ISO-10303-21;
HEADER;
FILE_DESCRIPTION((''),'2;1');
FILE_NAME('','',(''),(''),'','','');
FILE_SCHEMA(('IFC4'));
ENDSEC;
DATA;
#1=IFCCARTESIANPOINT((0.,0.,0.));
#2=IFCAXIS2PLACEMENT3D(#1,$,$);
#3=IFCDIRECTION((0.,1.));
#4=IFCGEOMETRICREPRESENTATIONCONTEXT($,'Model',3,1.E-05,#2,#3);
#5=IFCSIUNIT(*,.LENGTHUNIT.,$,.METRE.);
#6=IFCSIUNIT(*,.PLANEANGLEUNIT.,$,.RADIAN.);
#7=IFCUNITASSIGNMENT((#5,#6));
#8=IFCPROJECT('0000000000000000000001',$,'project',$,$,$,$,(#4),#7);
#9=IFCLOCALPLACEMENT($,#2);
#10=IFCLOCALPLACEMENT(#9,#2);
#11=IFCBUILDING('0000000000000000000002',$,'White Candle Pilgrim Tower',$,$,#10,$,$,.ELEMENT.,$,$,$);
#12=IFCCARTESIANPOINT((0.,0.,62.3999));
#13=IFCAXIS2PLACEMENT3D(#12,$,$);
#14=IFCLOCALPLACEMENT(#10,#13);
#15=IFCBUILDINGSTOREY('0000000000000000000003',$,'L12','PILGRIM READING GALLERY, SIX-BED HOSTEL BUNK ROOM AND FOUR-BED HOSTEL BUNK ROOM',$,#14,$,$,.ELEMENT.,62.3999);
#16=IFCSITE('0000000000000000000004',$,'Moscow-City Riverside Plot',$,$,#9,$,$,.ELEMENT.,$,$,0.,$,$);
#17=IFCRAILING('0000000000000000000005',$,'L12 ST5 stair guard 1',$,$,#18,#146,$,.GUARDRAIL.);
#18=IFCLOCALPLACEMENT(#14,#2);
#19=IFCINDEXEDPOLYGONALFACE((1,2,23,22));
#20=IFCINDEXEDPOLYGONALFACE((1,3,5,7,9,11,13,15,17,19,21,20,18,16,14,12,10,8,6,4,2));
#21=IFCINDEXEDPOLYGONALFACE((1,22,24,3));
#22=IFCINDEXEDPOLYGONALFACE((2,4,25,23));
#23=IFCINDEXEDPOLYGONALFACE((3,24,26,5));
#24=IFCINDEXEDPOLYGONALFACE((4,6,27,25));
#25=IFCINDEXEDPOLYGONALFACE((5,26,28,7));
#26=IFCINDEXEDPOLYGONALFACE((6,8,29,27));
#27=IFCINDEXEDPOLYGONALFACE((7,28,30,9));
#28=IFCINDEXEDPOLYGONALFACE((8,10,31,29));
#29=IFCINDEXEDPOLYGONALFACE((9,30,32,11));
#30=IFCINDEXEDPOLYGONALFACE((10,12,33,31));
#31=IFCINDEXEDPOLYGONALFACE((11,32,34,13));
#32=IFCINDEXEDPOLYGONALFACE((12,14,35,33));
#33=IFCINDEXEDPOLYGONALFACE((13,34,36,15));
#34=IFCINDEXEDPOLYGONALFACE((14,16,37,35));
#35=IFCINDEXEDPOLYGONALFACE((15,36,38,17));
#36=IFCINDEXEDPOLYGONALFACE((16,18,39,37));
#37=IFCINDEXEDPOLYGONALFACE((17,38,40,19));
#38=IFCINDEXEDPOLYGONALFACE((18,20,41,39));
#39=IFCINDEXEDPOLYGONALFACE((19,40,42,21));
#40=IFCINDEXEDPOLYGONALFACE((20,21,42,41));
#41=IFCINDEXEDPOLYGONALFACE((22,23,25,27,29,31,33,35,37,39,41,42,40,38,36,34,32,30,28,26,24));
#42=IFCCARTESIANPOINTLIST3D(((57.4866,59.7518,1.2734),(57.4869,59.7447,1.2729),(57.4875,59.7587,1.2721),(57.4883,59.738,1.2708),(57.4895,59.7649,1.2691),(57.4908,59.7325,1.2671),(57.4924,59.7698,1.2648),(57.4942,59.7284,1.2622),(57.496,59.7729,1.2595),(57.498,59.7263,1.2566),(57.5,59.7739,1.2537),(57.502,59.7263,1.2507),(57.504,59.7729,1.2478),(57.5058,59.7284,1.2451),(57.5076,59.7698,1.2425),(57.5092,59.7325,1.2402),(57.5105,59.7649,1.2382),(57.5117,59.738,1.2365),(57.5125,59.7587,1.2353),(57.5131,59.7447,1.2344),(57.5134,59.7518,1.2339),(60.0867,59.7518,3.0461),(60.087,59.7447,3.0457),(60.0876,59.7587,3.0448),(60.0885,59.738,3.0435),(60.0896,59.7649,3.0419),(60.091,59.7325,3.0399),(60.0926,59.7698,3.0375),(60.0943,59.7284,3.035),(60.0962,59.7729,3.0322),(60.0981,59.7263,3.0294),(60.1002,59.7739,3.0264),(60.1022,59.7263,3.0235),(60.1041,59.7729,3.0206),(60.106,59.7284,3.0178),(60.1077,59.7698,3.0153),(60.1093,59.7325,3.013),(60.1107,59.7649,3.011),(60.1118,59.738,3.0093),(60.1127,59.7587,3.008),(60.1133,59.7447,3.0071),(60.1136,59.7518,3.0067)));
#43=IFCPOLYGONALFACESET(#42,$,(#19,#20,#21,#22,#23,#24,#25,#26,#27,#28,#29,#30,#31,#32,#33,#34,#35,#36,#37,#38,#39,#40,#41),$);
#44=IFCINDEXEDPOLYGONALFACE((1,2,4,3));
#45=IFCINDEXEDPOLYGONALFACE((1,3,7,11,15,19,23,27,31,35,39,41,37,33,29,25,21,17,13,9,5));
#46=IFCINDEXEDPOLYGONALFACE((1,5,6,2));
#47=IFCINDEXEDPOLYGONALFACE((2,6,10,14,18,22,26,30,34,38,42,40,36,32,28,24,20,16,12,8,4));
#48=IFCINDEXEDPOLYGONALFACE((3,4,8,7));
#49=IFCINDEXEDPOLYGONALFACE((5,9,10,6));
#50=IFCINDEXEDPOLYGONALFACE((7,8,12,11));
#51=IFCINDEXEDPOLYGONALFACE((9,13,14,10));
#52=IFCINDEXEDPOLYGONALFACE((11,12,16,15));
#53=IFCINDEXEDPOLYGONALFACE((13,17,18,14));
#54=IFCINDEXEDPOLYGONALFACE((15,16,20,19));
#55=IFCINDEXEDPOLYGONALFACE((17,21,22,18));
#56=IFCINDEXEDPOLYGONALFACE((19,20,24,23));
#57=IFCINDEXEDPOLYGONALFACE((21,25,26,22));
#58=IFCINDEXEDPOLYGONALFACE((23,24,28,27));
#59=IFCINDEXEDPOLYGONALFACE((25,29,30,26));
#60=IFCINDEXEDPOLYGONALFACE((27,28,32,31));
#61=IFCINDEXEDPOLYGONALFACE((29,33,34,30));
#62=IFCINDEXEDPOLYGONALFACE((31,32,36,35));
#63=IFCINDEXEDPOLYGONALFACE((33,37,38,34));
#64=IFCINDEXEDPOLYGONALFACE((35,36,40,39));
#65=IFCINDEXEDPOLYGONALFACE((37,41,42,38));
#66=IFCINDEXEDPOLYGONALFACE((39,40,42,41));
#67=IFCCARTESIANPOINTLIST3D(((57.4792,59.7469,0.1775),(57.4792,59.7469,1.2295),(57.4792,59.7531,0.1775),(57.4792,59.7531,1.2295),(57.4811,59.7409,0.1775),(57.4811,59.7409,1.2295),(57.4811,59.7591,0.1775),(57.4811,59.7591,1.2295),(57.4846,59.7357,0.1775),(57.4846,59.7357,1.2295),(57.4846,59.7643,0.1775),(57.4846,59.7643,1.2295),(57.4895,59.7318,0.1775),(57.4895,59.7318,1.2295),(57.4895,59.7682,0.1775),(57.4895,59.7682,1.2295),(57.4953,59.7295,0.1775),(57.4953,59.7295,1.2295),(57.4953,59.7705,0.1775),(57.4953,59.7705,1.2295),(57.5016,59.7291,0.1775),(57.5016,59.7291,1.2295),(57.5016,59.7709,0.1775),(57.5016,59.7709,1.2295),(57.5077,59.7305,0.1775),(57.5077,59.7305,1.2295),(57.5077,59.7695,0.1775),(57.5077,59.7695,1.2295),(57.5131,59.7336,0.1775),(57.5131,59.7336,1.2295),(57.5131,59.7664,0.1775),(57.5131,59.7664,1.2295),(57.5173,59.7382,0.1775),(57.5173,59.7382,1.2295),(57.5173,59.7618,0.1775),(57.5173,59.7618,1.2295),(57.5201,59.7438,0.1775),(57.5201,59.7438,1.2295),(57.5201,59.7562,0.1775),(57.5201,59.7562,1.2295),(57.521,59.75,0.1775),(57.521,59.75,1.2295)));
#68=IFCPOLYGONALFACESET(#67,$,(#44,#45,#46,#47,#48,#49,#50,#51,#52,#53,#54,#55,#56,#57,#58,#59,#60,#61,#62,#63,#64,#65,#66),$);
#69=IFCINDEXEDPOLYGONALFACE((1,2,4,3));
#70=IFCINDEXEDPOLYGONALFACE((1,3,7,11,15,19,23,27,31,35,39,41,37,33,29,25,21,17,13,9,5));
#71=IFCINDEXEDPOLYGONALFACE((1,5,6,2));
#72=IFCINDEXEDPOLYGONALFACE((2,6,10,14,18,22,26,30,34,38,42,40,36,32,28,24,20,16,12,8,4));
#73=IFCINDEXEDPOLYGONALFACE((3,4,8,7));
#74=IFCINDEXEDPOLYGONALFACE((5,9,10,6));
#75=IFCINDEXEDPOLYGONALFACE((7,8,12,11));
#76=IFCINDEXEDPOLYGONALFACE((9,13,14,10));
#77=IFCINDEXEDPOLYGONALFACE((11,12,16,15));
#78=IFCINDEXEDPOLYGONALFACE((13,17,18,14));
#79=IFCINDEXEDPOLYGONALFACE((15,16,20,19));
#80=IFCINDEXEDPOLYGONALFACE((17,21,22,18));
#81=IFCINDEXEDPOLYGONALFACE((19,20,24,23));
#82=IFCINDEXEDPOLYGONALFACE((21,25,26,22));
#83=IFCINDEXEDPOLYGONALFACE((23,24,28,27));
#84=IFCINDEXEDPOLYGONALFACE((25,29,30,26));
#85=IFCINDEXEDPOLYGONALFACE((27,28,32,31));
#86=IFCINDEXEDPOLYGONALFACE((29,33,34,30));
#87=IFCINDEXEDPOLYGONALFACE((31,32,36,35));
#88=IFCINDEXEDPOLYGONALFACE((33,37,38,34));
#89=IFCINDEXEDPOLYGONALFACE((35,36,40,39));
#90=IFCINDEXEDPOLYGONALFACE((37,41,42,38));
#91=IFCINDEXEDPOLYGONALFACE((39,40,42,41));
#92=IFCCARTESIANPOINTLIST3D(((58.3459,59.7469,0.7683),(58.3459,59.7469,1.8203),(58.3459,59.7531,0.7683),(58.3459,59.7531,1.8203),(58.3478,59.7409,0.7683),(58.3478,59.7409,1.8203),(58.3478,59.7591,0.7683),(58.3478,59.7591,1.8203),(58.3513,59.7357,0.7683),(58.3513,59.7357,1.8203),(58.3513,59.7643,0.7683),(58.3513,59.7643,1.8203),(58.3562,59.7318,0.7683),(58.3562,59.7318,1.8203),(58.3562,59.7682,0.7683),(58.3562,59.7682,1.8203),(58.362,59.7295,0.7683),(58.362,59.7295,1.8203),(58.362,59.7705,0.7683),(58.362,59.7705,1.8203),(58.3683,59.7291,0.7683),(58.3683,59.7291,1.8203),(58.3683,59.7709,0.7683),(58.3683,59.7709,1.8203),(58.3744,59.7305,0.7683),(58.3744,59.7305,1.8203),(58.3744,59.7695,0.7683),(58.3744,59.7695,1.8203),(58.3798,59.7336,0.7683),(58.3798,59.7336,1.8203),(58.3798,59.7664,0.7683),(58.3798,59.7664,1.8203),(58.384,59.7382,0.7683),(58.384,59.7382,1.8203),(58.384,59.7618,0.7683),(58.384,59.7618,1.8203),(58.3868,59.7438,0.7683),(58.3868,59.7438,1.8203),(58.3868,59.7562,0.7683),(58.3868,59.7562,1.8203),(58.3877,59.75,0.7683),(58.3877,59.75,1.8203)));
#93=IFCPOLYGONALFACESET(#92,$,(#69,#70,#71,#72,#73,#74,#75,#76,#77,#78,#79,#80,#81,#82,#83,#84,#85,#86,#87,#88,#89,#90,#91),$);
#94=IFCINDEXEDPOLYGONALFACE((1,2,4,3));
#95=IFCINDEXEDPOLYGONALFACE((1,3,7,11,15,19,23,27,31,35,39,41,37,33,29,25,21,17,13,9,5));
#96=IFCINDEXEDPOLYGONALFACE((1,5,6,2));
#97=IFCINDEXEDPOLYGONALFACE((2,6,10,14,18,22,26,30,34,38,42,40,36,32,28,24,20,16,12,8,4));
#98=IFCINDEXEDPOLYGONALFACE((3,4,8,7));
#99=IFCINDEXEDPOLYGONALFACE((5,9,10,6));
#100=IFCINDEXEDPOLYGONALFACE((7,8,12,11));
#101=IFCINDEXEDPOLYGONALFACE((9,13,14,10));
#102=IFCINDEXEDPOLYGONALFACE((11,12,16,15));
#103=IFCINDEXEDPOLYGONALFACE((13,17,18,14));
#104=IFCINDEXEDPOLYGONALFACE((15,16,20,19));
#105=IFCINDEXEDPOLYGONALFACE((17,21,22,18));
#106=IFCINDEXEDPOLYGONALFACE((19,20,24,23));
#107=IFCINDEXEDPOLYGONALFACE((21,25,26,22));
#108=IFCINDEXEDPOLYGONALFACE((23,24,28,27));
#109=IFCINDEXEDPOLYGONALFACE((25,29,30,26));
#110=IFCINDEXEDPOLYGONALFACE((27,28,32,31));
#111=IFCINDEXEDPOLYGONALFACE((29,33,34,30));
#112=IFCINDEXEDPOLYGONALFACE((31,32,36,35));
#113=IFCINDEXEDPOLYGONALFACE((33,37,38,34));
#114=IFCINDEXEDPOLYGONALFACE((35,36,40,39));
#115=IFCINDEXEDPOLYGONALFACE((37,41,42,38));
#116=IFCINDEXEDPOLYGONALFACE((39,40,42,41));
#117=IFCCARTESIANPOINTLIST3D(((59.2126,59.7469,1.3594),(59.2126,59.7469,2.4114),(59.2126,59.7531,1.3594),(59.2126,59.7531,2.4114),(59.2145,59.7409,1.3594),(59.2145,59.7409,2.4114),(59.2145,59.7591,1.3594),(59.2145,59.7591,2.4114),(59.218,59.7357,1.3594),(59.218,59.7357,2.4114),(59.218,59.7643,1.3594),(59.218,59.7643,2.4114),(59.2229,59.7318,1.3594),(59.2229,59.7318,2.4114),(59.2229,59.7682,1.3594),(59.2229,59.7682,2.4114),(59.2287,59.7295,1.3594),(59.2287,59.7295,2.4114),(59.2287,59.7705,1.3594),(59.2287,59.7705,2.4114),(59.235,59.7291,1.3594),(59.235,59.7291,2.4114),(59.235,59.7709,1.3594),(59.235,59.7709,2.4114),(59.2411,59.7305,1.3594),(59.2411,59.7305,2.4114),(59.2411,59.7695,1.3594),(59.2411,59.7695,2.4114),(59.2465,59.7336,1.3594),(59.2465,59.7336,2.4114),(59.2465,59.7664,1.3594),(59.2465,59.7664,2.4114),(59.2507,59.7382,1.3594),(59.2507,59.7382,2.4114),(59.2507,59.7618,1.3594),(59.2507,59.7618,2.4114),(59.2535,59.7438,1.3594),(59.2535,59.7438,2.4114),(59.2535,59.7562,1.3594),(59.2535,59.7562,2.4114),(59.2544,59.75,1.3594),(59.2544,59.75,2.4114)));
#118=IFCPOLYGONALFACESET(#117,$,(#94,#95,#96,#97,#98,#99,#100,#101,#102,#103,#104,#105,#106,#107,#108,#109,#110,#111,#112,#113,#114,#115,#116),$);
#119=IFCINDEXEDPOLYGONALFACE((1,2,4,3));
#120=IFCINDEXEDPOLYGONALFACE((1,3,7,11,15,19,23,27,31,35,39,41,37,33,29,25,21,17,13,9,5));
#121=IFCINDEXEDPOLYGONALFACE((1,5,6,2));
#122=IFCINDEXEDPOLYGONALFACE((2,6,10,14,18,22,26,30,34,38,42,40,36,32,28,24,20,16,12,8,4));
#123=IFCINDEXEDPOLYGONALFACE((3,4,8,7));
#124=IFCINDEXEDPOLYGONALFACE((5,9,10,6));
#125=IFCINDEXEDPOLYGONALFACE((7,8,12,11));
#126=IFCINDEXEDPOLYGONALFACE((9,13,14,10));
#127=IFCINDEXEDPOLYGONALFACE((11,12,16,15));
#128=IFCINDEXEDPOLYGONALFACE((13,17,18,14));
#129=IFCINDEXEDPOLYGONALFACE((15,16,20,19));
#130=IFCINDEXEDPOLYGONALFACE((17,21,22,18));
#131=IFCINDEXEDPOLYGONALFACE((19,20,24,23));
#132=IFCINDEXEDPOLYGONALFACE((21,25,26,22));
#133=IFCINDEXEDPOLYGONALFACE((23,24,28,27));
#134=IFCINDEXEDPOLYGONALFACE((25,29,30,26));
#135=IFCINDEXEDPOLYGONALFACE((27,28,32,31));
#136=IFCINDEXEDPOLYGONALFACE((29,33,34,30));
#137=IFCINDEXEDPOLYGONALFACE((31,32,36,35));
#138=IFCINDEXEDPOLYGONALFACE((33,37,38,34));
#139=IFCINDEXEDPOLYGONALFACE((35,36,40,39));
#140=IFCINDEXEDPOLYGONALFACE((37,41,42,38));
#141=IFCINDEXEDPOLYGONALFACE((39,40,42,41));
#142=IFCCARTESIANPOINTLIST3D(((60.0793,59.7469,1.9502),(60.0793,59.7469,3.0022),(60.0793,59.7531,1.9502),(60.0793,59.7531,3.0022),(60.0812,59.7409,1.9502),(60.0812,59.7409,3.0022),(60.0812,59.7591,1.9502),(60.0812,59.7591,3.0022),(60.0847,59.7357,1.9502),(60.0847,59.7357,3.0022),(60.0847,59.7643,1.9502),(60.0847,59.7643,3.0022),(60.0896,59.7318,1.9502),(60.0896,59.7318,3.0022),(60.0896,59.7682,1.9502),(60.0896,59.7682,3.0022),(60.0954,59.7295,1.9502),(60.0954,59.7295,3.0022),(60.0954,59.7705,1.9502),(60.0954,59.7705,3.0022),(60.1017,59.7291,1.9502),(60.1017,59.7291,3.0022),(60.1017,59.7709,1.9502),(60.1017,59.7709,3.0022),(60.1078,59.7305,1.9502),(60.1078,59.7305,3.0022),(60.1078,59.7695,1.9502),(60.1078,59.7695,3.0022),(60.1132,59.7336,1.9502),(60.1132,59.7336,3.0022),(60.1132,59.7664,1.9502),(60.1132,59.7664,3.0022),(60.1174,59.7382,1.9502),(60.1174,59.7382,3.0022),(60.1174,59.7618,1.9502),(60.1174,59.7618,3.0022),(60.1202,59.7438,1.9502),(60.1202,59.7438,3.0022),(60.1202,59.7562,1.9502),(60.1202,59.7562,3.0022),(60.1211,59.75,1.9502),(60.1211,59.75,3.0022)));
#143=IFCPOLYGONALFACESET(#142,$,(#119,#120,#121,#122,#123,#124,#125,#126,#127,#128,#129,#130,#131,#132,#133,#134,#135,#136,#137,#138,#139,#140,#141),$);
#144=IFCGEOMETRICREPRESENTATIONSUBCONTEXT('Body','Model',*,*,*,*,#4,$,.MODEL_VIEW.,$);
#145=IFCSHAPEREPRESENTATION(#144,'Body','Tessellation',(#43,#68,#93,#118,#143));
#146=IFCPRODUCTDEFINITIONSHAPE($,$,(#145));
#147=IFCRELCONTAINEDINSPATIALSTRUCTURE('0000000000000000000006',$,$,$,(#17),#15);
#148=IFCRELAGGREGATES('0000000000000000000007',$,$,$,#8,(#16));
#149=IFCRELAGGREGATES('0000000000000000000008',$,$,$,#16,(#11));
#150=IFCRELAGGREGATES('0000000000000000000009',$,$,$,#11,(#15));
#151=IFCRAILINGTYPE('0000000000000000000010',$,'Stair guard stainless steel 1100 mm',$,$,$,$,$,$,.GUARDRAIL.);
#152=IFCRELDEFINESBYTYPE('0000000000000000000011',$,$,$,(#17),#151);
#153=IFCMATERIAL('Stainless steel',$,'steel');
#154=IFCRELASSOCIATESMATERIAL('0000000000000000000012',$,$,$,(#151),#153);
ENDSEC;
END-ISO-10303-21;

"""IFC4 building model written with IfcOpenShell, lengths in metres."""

from ifc_helpers import new_model, si_unit, direction, frame, origin, origin_2d, place, context, subcontext, project, spatial, circle, extrude, material, type_object, element, save


model = new_model("IFC4")

# Units and contexts
model_context = context("Model", 3, precision=1e-05, world=origin(), true_north=direction((0.0, 1.0)))
body_context = subcontext(model_context, "Body", "Model", "MODEL_VIEW")
ifc_project = project(units=[si_unit("LENGTHUNIT", "METRE"), si_unit("PLANEANGLEUNIT", "RADIAN")], contexts=[model_context])

# Site, building, storey
site_placement = place(None, origin())
site = spatial("IfcSite", under=ifc_project, at=site_placement, Name="Moscow-City Riverside Plot", CompositionType="ELEMENT", RefElevation=0.0)
building_placement = place(site_placement, origin())
building = spatial("IfcBuilding", under=site, at=building_placement, Name="White Candle Pilgrim Tower", CompositionType="ELEMENT")
storey_placement = place(building_placement, frame((0.0, 0.0, 62.3999)))
storey = spatial("IfcBuildingStorey", under=building, at=storey_placement, Name="L12", Description="PILGRIM READING GALLERY, SIX-BED HOSTEL BUNK ROOM AND FOUR-BED HOSTEL BUNK ROOM", CompositionType="ELEMENT", Elevation=62.3999)

# Railing
ifc_material_1 = material(Name="Stainless steel", Category="steel")
railing_type_1 = type_object("IfcRailingType", Name="Stair guard stainless steel 1100 mm", PredefinedType="GUARDRAIL", material=ifc_material_1)
railing_1_placement = place(storey_placement, frame((57.5, 59.75, 0.1775)))
element("IfcRailing", 1, at=railing_1_placement, inside=storey, type_object=railing_type_1, Name="L12 ST5 stair guard 1", PredefinedType="GUARDRAIL", context=body_context, shape_type="SweptSolid", body=[
    extrude(circle(Radius=0.0239, at=origin_2d()), frame((0.0, 0.0, 1.0762), z_axis=(0.82624, 0.0, 0.563318), x_axis=(0.0, 1.0, 0.0)), (0.0, 0.0, 1.0), 3.147),
    extrude(circle(Radius=0.021, at=origin_2d()), origin(), (0.0, 0.0, 1.0), 1.052),
    extrude(circle(Radius=0.021, at=origin_2d()), frame((0.8667, 0.0, 0.5908)), (0.0, 0.0, 1.0), 1.052),
    extrude(circle(Radius=0.021, at=origin_2d()), frame((1.7334, 0.0, 1.1819)), (0.0, 0.0, 1.0), 1.052),
    extrude(circle(Radius=0.021, at=origin_2d()), frame((2.6001, 0.0, 1.7727)), (0.0, 0.0, 1.0), 1.052),
])

save(model, "model.ifc")
